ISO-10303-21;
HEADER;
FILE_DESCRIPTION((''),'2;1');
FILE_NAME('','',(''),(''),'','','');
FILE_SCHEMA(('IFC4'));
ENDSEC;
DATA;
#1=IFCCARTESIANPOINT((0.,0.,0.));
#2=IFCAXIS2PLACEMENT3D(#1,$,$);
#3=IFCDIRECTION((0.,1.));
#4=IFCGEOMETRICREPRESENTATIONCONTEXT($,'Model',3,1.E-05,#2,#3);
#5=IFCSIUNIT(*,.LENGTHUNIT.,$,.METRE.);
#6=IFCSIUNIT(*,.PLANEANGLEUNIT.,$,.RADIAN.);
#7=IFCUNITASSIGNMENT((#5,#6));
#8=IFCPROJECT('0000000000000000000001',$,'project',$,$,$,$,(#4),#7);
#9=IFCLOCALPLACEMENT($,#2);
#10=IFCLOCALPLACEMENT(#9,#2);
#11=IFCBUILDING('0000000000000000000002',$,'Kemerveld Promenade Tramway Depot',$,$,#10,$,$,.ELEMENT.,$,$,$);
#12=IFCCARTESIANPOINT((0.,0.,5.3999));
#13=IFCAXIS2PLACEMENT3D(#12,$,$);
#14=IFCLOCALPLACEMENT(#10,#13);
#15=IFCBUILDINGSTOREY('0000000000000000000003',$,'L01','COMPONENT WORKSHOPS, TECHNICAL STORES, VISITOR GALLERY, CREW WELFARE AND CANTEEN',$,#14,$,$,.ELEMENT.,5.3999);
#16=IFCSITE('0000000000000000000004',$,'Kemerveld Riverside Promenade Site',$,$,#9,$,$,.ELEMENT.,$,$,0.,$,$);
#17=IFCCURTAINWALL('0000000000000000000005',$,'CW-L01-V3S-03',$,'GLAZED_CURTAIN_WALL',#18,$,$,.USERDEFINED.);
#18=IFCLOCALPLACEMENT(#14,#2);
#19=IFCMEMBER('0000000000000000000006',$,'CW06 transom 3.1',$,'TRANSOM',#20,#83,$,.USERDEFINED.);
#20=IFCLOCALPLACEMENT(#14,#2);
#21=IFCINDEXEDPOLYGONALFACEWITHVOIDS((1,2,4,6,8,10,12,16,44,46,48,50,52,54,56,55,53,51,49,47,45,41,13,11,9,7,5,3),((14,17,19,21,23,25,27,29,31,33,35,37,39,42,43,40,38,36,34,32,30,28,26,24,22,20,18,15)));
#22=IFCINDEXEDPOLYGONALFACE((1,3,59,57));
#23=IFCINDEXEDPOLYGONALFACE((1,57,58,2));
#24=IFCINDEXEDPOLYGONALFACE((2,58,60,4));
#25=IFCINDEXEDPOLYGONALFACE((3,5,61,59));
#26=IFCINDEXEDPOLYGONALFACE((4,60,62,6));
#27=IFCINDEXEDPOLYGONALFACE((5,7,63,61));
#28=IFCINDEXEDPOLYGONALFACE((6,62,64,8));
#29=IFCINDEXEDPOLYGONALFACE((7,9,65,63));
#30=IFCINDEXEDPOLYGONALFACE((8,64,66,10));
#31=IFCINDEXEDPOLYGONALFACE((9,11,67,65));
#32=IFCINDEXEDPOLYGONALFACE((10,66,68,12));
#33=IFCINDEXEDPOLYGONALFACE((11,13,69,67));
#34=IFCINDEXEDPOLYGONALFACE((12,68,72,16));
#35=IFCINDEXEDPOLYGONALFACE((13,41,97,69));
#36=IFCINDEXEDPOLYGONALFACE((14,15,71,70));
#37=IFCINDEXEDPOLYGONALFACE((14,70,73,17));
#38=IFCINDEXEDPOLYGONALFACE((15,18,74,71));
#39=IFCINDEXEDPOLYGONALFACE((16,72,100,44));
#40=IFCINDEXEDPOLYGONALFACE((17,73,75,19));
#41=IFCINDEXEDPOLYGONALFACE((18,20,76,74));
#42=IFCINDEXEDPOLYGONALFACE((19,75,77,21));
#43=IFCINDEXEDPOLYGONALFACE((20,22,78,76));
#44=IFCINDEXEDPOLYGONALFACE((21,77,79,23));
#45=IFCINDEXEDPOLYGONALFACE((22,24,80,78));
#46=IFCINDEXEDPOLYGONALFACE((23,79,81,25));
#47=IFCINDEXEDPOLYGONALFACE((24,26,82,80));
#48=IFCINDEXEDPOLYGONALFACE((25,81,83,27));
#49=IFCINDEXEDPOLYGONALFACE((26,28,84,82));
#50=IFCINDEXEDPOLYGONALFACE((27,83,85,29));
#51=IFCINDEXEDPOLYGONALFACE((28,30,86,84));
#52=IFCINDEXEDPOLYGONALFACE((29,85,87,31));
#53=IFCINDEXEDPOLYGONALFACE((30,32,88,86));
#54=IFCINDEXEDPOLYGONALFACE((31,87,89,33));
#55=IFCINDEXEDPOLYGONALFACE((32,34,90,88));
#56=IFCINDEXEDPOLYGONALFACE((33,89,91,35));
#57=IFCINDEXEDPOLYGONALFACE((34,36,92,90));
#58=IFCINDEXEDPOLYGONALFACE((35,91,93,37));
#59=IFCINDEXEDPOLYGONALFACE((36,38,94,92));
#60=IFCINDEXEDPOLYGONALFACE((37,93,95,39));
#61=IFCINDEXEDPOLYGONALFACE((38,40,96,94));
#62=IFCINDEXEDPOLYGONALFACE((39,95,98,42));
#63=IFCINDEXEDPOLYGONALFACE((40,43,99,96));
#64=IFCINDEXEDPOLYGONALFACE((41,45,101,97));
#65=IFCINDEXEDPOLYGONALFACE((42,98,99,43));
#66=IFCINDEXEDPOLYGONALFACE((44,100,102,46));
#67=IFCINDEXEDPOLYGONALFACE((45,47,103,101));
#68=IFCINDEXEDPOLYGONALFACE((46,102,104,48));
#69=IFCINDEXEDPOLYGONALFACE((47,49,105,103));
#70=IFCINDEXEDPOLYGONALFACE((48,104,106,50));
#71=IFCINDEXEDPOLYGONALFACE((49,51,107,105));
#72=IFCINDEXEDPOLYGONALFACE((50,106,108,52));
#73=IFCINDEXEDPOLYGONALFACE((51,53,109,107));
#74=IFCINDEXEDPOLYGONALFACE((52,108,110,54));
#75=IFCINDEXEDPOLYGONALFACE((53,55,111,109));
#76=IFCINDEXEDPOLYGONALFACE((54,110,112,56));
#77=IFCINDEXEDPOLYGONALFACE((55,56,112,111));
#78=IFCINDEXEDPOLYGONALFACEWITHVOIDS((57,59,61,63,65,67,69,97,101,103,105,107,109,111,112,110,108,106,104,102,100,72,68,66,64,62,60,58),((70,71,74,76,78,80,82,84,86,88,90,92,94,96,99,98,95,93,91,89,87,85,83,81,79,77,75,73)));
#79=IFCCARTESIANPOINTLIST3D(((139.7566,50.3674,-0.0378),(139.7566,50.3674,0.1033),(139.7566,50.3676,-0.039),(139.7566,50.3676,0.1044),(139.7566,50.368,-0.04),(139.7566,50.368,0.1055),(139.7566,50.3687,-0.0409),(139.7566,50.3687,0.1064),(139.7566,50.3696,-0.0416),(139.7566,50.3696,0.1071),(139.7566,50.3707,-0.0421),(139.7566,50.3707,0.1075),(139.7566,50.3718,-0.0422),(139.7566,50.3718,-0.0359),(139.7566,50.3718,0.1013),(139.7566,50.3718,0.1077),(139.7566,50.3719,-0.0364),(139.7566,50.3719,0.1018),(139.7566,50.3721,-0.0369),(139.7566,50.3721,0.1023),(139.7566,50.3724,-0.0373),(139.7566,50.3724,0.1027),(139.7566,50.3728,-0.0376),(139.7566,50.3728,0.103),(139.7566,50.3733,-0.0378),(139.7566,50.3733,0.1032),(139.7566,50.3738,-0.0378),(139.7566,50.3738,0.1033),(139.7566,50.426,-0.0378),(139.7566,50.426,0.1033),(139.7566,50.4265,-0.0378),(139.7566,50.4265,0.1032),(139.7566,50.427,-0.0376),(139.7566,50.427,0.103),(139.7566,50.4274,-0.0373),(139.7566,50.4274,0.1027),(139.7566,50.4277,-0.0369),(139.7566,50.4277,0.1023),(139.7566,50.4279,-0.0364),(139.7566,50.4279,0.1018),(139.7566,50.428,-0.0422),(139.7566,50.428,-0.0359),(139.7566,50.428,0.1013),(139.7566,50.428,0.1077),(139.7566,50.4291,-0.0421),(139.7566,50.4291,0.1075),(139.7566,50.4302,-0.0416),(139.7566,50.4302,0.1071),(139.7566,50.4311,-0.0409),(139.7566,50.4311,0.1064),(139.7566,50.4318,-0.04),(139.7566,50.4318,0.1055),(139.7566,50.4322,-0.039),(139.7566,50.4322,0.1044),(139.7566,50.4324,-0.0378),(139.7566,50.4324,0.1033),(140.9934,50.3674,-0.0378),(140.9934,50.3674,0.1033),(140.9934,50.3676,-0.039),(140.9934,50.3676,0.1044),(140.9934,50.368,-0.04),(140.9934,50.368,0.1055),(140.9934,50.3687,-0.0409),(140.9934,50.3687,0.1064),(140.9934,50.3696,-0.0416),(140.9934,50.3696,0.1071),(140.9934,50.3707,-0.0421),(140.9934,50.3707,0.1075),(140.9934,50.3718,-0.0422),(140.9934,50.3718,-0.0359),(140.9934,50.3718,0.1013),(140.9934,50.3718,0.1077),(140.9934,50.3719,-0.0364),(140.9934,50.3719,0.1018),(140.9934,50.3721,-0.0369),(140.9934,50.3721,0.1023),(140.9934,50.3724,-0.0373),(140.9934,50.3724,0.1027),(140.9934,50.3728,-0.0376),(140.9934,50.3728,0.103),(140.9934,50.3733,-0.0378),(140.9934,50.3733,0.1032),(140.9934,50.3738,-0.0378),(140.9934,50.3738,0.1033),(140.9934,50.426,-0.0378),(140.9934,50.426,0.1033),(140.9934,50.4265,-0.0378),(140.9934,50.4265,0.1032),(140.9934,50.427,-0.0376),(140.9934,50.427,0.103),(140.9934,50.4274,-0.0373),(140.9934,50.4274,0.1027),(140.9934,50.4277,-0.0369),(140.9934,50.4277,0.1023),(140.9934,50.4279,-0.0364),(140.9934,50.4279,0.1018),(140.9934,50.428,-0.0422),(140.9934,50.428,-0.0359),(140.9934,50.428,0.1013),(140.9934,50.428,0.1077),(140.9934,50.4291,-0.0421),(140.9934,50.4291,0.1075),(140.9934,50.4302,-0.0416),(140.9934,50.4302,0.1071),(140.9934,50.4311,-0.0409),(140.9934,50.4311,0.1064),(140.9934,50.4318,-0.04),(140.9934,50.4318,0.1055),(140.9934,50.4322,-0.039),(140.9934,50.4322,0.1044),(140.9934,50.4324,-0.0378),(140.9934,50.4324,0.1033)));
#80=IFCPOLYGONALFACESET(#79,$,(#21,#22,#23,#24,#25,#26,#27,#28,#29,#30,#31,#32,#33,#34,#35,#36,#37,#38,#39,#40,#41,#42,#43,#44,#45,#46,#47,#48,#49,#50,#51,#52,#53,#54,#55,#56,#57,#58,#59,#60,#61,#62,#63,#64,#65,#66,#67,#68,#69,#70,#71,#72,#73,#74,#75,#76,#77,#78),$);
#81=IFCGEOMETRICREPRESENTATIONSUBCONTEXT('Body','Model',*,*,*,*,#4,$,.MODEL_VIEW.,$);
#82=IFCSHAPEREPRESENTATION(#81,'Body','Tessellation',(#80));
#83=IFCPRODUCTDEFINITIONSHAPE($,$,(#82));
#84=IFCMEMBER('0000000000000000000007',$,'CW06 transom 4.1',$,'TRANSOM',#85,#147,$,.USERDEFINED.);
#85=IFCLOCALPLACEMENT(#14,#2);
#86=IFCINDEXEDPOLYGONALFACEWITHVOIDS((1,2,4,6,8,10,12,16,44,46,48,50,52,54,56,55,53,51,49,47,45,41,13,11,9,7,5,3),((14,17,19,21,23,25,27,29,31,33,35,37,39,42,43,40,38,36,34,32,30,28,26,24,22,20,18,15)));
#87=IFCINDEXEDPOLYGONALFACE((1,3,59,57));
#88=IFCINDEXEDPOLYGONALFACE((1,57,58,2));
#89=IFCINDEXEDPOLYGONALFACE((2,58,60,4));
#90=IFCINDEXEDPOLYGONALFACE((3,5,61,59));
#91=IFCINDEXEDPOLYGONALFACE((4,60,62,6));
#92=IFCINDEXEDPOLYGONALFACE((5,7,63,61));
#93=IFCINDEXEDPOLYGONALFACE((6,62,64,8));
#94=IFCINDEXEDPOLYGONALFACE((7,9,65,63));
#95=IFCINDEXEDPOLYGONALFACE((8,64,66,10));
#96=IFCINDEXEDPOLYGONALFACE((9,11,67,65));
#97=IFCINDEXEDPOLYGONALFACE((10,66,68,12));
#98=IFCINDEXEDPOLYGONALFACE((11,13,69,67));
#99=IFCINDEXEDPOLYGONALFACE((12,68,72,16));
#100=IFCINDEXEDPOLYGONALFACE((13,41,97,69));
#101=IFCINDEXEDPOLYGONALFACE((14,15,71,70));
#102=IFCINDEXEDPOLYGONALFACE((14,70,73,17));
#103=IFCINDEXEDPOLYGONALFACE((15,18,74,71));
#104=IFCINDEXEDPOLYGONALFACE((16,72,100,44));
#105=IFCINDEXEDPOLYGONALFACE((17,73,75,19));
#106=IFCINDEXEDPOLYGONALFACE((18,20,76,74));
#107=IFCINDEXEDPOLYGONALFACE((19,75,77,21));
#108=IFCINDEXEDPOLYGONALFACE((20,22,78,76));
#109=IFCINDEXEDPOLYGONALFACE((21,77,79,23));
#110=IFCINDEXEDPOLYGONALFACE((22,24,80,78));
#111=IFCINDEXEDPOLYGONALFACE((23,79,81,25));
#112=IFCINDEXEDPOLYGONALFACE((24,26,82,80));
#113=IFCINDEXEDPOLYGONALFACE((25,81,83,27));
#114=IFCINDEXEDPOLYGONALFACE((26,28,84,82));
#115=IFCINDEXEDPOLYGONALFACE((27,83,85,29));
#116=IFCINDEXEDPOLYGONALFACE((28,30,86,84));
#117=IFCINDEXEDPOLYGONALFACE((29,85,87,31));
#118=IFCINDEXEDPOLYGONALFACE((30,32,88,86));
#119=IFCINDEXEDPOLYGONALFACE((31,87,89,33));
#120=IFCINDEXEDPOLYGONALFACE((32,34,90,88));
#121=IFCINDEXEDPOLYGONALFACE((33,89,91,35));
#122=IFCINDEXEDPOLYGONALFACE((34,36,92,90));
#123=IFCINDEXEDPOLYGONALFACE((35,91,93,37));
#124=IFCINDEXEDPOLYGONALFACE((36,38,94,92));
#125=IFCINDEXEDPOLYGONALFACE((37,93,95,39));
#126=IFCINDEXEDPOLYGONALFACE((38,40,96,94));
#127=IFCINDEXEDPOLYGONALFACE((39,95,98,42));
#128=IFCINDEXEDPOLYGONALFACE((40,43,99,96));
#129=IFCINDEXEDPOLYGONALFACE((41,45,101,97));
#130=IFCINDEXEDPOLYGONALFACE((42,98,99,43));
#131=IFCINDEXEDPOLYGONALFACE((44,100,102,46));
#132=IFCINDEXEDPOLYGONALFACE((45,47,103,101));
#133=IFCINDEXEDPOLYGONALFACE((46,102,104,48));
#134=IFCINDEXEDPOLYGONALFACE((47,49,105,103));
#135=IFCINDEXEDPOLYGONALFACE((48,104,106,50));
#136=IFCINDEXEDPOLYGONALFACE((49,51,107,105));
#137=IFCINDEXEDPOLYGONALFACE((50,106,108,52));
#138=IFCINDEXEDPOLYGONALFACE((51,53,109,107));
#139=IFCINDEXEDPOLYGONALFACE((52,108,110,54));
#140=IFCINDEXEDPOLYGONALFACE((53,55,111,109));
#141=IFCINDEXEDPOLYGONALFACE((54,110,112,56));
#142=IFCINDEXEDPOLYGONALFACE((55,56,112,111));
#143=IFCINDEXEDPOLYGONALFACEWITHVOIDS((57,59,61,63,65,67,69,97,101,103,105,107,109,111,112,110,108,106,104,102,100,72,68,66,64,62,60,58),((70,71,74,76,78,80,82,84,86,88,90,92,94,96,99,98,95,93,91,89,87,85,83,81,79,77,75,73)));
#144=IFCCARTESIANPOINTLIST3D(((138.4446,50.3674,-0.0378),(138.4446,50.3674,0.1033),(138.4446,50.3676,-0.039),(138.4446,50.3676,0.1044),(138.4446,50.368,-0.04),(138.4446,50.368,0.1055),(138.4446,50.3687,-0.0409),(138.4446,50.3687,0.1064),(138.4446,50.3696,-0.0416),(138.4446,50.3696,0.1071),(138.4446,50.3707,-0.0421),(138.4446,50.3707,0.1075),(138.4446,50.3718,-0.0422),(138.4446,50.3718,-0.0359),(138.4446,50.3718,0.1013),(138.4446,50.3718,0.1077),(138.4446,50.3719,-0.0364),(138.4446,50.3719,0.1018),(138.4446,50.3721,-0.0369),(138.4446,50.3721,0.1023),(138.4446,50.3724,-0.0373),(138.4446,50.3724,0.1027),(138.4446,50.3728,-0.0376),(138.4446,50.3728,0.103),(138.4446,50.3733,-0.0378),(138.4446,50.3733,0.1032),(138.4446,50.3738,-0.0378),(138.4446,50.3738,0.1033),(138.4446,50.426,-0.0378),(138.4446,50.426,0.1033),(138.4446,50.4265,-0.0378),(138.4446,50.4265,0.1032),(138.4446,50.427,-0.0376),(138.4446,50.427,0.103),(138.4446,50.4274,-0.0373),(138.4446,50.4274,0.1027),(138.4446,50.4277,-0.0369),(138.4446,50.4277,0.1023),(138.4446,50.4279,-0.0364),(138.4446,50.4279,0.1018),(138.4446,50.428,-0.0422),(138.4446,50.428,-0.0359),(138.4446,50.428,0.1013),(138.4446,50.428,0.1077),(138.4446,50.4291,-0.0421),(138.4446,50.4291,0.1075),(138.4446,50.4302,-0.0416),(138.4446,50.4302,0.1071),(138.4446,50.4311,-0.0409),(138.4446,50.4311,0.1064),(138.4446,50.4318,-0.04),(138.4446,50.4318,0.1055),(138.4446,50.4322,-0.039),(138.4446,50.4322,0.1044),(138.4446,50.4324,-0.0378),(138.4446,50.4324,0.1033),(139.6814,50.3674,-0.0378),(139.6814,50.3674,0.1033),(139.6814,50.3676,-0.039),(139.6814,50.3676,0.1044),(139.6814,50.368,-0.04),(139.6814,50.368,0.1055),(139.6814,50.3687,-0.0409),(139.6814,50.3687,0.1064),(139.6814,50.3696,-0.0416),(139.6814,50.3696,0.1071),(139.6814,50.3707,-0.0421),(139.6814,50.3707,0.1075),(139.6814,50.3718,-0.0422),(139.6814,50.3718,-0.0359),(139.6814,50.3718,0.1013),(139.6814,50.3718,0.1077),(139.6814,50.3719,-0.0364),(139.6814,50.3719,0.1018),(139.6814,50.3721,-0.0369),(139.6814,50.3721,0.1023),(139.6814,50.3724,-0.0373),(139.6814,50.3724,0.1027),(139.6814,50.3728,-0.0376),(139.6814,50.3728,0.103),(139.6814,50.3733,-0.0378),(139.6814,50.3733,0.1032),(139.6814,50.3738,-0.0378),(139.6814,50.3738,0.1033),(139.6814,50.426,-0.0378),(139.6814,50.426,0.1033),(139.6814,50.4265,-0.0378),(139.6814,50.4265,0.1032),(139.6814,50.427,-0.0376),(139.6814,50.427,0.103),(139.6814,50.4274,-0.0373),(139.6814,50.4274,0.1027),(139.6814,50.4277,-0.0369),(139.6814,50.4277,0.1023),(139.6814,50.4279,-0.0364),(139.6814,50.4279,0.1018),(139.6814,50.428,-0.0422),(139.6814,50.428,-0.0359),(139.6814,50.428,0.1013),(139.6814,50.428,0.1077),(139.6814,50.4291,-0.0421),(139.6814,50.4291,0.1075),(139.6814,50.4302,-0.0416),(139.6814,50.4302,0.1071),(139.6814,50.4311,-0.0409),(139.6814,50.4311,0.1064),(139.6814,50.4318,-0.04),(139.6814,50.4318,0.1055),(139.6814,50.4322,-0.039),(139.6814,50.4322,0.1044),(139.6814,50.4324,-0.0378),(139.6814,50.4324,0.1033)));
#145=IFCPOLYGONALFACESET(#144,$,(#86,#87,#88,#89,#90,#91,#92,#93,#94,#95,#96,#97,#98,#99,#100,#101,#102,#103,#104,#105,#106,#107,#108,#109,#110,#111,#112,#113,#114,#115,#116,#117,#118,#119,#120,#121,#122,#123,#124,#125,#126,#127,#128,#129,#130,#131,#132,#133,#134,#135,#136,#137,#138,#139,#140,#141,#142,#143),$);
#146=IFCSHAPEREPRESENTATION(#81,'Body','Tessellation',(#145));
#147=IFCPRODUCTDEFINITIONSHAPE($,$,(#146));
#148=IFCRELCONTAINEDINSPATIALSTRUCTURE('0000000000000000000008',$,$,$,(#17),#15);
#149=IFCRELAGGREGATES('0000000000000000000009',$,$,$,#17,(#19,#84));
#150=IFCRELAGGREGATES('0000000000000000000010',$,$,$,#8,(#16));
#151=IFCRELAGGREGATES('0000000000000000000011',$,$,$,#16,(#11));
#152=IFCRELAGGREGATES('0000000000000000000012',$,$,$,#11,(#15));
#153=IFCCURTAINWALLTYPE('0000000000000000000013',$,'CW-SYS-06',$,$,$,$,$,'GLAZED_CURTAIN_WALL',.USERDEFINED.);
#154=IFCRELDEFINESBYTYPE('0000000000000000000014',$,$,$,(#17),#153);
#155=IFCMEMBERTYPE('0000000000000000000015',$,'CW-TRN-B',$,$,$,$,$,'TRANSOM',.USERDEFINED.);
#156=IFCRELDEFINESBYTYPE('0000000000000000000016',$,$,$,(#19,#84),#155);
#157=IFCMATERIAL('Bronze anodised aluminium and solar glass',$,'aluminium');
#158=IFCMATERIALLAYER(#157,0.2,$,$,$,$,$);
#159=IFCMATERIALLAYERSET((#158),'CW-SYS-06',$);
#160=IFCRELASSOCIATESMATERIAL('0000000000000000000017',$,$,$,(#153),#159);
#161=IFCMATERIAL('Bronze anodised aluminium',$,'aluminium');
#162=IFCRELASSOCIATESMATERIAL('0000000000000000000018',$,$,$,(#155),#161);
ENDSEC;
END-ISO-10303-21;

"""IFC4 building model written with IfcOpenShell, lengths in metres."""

from ifc_helpers import new_model, si_unit, direction, frame, origin, origin_2d, place, context, subcontext, project, spatial, hollow_rectangle, extrude, material, layer, layer_set, material_profile, profile_set, type_object, element, aggregate, save


model = new_model("IFC4")

# Units and contexts
model_context = context("Model", 3, precision=1e-05, world=origin(), true_north=direction((0.0, 1.0)))
body_context = subcontext(model_context, "Body", "Model", "MODEL_VIEW")
ifc_project = project(units=[si_unit("LENGTHUNIT", "METRE"), si_unit("PLANEANGLEUNIT", "RADIAN")], contexts=[model_context])

# Site, building, storey
site_placement = place(None, origin())
site = spatial("IfcSite", under=ifc_project, at=site_placement, Name="Kemerveld Riverside Promenade Site", CompositionType="ELEMENT", RefElevation=0.0)
building_placement = place(site_placement, origin())
building = spatial("IfcBuilding", under=site, at=building_placement, Name="Kemerveld Promenade Tramway Depot", CompositionType="ELEMENT")
storey_placement = place(building_placement, frame((0.0, 0.0, 5.3999)))
storey = spatial("IfcBuildingStorey", under=building, at=storey_placement, Name="L01", Description="COMPONENT WORKSHOPS, TECHNICAL STORES, VISITOR GALLERY, CREW WELFARE AND CANTEEN", CompositionType="ELEMENT", Elevation=5.3999)

# Curtain wall, members
ifc_material_1 = material(Name="Bronze anodised aluminium and solar glass", Category="aluminium")
ifc_layer_1 = layer(ifc_material_1, 0.2)
ifc_layer_set_1 = layer_set([ifc_layer_1], Name="CW-SYS-06")
curtain_wall_type = type_object("IfcCurtainWallType", Name="CW-SYS-06", ElementType="GLAZED_CURTAIN_WALL", PredefinedType="USERDEFINED", material=ifc_layer_set_1)
curtain_wall_placement = place(storey_placement, origin())
curtain_wall = element("IfcCurtainWall", 1, at=curtain_wall_placement, inside=storey, type_object=curtain_wall_type, Name="CW-L01-V3S-03", ObjectType="GLAZED_CURTAIN_WALL", PredefinedType="USERDEFINED")
ifc_material_2 = material(Name="Bronze anodised aluminium", Category="aluminium")
ifc_material_profile_1 = material_profile(ifc_material_2, hollow_rectangle(XDim=0.0649, YDim=0.1499, WallThickness=0.0044, InnerFilletRadius=0.002, OuterFilletRadius=0.0044, at=origin_2d()), Name="CW-TRN-150x65")
ifc_profile_set_1 = profile_set([ifc_material_profile_1], Name="Bronze anodised aluminium")
member_type_1 = type_object("IfcMemberType", Name="CW-TRN-B", ElementType="TRANSOM", PredefinedType="USERDEFINED", material=ifc_profile_set_1)
member_1_placement = place(storey_placement, frame((140.9934, 50.3999, 0.0327), z_axis=(-1.0, 0.0, 0.0), x_axis=(0.0, -1.0, 0.0)))
member_1 = element("IfcMember", 2, at=member_1_placement, type_object=member_type_1, Name="CW06 transom 3.1", ObjectType="TRANSOM", PredefinedType="USERDEFINED", context=body_context, shape_type="SweptSolid", body=[
    extrude(hollow_rectangle(XDim=0.0649, YDim=0.1499, WallThickness=0.0044, InnerFilletRadius=0.002, OuterFilletRadius=0.0044, at=origin_2d()), origin(), (0.0, 0.0, 1.0), 1.2368),
])
member_2_placement = place(storey_placement, frame((139.6814, 50.3999, 0.0327), z_axis=(-1.0, 0.0, 0.0), x_axis=(0.0, -1.0, 0.0)))
member_2 = element("IfcMember", 3, at=member_2_placement, type_object=member_type_1, Name="CW06 transom 4.1", ObjectType="TRANSOM", PredefinedType="USERDEFINED", context=body_context, shape_type="SweptSolid", body=[
    extrude(hollow_rectangle(XDim=0.0649, YDim=0.1499, WallThickness=0.0044, InnerFilletRadius=0.002, OuterFilletRadius=0.0044, at=origin_2d()), origin(), (0.0, 0.0, 1.0), 1.2368),
])
aggregate(curtain_wall, [member_1, member_2])

save(model, "model.ifc")
